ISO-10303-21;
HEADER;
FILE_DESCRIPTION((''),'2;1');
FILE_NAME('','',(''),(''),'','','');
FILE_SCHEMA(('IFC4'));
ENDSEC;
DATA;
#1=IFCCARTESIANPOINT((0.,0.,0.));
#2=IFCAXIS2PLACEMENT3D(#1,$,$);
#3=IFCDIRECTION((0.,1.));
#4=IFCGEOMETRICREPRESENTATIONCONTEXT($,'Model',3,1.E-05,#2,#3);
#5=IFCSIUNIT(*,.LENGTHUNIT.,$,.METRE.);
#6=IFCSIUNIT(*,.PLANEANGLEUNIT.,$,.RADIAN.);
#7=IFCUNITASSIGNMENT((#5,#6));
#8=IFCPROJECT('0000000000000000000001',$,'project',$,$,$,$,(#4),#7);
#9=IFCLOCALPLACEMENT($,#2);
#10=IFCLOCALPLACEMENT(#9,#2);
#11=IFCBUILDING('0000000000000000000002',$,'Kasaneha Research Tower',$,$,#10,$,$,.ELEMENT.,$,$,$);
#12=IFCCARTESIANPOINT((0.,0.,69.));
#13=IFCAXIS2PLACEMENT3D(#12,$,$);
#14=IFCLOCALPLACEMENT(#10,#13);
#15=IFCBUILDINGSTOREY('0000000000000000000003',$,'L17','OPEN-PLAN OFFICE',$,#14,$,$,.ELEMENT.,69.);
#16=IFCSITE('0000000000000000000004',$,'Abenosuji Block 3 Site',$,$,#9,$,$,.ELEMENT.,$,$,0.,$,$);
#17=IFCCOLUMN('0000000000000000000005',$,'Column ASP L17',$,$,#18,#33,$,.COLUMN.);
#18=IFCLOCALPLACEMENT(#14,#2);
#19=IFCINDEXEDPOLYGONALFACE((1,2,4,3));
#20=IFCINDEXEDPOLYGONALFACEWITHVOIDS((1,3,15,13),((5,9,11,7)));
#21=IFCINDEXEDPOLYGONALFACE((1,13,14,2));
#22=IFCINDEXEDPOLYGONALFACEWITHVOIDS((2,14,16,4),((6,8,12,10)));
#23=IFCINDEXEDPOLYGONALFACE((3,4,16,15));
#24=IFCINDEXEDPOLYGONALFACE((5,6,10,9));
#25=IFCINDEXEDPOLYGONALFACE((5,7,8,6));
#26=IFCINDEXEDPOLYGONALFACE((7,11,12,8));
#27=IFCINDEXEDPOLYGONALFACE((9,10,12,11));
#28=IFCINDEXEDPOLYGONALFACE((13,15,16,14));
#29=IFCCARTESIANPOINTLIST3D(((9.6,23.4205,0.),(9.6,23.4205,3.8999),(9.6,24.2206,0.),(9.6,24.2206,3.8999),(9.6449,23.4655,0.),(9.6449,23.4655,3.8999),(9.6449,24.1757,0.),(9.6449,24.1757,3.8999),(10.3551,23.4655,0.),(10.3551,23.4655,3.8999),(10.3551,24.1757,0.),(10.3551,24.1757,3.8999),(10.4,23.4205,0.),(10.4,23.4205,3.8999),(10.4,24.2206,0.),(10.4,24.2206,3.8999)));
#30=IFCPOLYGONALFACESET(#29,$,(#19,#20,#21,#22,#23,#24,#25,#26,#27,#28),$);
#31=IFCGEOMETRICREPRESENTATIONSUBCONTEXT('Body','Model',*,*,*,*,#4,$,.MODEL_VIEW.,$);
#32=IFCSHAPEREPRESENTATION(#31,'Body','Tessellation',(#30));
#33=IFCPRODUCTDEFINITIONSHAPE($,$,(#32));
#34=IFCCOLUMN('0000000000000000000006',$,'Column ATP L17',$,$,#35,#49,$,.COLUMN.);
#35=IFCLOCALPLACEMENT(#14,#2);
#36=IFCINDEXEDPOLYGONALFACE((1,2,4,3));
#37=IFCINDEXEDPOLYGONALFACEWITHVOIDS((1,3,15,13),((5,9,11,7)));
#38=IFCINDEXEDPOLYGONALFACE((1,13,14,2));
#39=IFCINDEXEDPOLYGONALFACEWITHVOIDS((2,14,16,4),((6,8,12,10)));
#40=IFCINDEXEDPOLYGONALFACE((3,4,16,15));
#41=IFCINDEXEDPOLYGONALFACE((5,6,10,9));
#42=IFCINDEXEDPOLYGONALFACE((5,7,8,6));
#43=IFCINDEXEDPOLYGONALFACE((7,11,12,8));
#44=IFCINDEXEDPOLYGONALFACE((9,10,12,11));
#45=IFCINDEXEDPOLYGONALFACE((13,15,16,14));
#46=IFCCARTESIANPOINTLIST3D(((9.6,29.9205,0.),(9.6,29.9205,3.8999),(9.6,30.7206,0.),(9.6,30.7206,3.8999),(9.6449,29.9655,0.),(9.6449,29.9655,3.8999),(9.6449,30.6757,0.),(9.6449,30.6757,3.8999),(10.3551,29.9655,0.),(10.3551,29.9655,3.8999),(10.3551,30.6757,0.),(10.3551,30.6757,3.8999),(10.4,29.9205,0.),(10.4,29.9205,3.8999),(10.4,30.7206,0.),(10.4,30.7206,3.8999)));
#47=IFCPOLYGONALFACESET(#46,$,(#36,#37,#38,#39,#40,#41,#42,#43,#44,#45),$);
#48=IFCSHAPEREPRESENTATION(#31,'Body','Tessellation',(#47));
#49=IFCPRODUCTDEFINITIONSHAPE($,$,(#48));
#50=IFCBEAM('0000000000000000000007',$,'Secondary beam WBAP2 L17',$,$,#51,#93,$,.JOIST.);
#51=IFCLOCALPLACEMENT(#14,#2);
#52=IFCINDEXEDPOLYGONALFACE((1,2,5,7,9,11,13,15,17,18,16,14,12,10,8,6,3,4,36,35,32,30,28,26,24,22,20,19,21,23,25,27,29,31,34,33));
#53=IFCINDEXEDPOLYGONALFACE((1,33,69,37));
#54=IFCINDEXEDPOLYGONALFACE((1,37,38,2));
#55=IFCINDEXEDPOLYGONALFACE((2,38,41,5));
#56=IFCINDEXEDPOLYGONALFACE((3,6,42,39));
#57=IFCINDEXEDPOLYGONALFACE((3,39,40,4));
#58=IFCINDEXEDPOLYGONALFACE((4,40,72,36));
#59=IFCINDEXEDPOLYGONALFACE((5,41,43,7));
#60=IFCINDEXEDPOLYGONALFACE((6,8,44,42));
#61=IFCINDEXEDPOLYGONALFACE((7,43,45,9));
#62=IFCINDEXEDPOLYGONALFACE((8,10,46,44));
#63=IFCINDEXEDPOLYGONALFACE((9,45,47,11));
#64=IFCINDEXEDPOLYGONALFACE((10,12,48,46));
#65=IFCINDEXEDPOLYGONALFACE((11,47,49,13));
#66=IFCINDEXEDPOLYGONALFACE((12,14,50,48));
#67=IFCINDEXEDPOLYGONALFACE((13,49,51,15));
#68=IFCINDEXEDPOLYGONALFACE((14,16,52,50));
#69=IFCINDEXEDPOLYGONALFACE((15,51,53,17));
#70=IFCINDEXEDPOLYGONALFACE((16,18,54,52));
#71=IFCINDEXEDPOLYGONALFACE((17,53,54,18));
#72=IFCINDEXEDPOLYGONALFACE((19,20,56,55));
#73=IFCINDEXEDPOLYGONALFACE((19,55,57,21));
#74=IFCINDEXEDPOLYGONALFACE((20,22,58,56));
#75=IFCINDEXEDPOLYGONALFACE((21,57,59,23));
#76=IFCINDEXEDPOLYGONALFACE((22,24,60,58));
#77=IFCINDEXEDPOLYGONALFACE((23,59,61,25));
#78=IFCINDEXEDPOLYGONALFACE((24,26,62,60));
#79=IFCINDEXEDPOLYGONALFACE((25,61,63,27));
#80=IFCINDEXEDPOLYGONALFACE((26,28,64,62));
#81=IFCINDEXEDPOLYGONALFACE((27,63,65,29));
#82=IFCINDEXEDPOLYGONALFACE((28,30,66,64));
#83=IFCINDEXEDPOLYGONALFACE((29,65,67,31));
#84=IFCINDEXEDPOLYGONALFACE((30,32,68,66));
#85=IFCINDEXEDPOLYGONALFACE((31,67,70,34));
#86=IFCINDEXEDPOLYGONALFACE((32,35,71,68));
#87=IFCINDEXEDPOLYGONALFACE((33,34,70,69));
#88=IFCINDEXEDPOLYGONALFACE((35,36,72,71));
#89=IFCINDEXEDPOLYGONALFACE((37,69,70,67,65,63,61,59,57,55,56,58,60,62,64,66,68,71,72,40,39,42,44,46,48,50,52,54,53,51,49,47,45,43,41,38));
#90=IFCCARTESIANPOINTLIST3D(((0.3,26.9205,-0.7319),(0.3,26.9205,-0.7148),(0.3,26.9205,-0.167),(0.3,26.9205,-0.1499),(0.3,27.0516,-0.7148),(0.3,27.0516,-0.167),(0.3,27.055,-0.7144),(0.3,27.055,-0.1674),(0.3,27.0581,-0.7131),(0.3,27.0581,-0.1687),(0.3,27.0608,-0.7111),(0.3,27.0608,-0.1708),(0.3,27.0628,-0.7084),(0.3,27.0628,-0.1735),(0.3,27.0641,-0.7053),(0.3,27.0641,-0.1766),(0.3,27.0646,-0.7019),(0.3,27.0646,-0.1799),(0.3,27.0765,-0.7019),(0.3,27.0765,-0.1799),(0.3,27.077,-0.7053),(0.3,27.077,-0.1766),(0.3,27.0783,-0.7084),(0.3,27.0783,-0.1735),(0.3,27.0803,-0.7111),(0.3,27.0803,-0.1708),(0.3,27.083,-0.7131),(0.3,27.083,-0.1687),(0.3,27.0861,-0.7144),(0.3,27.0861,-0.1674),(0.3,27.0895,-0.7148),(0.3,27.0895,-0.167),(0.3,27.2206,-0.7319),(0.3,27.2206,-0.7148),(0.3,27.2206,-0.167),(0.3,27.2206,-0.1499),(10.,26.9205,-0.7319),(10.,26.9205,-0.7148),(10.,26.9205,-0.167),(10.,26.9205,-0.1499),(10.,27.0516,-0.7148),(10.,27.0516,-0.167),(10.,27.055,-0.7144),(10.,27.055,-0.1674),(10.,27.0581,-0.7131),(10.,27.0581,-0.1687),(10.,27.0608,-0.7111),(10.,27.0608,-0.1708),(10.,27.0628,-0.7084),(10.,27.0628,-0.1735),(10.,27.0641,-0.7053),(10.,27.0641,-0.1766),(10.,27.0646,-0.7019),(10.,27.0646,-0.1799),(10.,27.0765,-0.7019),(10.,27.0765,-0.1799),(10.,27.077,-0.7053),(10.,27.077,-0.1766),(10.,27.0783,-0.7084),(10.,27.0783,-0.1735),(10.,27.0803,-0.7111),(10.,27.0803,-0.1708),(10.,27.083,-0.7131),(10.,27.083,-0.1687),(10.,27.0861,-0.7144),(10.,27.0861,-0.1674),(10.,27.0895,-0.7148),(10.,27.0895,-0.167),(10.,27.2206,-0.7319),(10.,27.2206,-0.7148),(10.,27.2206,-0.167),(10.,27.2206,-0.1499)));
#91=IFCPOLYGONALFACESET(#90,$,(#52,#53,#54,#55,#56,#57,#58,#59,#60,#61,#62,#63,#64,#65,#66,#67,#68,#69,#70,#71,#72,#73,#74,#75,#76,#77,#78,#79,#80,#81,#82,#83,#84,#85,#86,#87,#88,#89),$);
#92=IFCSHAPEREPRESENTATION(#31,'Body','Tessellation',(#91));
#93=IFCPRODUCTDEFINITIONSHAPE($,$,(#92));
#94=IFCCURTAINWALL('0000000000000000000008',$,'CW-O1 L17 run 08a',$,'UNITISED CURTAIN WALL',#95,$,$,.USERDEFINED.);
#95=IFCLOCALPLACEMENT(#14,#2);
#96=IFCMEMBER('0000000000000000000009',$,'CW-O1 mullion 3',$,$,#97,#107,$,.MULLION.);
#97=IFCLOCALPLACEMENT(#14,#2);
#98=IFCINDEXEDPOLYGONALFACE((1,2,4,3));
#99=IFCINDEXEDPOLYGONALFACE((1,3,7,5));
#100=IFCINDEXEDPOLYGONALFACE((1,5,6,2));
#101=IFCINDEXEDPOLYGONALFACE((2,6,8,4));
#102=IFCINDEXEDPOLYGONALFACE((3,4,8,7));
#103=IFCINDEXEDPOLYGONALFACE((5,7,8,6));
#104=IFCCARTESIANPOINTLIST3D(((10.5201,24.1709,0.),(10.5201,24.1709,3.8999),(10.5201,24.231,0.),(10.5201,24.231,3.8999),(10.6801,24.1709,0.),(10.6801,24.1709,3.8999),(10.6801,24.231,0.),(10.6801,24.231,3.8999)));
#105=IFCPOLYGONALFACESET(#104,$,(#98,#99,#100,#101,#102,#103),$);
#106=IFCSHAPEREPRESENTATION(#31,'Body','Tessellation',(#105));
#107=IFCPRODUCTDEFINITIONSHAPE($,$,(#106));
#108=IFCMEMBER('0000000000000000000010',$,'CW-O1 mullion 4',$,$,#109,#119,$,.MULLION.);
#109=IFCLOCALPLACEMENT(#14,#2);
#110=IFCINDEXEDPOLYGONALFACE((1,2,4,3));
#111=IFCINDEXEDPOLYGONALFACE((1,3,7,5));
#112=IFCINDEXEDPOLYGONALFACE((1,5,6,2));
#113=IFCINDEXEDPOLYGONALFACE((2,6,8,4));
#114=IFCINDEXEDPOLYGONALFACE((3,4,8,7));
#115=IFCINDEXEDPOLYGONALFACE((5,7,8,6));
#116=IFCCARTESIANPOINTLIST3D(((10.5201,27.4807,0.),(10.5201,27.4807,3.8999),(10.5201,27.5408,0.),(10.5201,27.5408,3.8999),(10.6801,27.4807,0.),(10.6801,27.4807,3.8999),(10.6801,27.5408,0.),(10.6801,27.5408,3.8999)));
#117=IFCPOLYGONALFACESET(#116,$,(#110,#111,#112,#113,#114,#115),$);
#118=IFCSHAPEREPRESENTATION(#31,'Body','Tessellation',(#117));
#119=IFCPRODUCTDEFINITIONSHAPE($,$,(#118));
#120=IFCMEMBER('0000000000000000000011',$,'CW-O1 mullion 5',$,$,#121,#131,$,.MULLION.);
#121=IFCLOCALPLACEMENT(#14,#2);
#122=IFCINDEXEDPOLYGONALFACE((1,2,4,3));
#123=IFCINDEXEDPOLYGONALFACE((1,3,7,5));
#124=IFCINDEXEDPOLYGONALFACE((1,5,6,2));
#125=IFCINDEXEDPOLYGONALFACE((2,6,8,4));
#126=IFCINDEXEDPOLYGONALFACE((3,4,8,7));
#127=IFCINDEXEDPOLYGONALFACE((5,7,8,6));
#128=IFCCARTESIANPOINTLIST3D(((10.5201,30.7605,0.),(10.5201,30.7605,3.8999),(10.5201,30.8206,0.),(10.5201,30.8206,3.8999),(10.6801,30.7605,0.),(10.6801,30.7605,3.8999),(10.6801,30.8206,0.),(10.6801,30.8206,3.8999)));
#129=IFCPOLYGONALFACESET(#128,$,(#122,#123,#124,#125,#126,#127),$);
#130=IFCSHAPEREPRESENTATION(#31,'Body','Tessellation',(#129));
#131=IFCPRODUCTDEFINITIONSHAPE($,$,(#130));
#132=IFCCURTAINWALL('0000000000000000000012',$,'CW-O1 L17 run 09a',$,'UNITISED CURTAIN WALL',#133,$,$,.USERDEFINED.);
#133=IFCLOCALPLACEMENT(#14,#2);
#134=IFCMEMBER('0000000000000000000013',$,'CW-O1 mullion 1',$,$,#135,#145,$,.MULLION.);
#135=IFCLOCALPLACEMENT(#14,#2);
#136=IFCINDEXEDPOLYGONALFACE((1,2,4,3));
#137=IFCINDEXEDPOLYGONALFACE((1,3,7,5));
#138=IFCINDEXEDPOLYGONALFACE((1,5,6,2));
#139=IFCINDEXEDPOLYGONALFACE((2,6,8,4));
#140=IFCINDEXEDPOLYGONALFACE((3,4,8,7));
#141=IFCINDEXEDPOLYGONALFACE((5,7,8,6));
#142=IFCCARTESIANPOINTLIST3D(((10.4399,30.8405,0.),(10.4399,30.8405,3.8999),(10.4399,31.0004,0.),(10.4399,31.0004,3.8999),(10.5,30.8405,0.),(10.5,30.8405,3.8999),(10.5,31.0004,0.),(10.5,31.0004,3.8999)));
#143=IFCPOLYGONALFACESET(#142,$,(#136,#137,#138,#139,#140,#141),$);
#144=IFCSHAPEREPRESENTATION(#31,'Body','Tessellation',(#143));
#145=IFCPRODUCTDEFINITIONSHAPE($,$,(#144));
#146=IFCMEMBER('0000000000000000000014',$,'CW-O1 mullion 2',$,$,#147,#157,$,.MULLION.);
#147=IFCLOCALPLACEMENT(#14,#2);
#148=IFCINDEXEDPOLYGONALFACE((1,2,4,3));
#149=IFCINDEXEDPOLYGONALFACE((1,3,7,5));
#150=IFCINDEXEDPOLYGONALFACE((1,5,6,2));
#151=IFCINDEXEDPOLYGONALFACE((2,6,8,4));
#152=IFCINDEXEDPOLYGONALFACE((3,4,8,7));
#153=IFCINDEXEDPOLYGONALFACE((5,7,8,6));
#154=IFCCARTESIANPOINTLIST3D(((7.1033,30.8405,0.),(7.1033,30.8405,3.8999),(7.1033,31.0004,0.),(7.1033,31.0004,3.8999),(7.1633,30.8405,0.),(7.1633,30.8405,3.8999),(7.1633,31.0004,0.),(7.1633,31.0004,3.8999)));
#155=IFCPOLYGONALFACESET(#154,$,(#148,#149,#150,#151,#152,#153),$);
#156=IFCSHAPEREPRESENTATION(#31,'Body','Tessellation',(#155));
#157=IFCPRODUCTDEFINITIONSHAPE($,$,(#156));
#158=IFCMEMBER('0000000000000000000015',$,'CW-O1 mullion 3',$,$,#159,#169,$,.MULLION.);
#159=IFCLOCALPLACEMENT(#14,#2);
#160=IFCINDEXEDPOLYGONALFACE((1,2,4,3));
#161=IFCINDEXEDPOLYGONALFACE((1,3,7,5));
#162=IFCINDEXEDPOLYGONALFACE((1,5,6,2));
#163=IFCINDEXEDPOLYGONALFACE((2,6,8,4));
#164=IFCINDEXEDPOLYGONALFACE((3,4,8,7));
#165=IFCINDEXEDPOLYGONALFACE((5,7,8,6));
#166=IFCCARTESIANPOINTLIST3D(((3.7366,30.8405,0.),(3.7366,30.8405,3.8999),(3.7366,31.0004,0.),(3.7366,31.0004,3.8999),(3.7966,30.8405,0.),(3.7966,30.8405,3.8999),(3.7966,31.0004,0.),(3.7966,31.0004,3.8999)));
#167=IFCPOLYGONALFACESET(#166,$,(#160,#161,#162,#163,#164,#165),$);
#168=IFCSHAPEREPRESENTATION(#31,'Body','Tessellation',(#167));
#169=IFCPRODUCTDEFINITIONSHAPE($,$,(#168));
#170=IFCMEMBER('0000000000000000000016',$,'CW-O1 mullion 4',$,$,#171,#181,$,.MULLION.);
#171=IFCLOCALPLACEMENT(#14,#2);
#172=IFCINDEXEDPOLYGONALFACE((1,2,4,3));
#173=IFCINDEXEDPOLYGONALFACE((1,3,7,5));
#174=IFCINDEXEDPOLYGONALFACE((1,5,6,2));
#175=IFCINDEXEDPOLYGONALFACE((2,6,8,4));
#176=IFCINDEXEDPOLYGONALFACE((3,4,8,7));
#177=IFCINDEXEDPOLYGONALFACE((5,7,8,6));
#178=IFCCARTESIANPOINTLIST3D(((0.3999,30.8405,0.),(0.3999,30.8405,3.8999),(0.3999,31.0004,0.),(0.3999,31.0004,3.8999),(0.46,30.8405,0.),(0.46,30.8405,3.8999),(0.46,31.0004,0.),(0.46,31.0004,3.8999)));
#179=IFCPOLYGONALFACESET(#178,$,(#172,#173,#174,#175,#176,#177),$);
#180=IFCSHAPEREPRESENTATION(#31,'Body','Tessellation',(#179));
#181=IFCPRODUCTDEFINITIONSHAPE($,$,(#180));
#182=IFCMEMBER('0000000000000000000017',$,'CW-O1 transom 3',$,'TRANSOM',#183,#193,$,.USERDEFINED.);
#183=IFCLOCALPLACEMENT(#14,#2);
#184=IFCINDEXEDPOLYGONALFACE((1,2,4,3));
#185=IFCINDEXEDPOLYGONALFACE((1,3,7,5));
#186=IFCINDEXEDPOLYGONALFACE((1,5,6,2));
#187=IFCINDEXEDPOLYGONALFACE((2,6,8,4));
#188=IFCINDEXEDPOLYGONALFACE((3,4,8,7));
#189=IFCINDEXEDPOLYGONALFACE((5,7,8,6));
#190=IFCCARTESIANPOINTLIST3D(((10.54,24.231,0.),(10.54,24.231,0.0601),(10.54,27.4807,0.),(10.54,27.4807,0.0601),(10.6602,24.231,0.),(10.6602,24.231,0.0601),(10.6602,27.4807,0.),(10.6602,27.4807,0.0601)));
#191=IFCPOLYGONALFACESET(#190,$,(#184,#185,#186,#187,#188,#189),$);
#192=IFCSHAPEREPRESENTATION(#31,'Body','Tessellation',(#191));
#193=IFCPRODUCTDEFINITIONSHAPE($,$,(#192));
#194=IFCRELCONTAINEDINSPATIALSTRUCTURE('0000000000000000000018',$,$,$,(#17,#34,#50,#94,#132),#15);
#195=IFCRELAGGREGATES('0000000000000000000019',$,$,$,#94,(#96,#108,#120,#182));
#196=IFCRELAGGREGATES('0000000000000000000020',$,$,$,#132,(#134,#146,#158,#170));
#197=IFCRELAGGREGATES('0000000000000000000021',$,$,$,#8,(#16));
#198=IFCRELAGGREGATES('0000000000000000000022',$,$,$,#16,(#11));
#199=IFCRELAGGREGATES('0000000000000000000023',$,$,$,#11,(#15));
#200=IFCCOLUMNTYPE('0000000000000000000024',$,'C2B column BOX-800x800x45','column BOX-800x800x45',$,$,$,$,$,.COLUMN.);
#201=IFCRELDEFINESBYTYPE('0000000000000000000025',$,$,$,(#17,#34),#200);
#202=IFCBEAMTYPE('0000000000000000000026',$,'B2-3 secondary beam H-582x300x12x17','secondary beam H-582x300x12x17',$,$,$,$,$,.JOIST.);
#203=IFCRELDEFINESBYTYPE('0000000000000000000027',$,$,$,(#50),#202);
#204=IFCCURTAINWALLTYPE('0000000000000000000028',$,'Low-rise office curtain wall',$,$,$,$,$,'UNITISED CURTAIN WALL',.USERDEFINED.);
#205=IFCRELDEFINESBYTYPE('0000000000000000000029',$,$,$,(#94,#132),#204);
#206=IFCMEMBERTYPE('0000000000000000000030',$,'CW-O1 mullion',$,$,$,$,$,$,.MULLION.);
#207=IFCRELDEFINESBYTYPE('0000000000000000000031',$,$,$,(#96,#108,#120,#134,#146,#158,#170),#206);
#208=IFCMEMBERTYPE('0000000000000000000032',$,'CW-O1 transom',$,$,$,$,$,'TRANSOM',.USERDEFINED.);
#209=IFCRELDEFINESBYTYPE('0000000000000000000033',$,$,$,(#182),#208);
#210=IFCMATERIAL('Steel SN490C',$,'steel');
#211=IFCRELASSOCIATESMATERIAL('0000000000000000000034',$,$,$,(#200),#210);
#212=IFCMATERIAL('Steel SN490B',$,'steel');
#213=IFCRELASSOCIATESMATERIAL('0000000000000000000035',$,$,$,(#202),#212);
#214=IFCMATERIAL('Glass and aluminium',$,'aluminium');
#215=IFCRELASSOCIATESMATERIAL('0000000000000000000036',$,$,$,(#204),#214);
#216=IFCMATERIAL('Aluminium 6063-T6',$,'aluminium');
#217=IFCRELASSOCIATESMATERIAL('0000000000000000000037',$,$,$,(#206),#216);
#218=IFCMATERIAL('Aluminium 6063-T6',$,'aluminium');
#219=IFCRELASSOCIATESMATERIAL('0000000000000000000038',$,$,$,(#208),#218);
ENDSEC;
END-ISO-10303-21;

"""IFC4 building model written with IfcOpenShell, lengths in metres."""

from ifc_helpers import new_model, si_unit, direction, frame, origin, origin_2d, place, context, subcontext, project, spatial, rectangle, hollow_rectangle, i_section, extrude, material, material_profile, profile_set, type_object, element, aggregate, save


model = new_model("IFC4")

# Units and contexts
model_context = context("Model", 3, precision=1e-05, world=origin(), true_north=direction((0.0, 1.0)))
body_context = subcontext(model_context, "Body", "Model", "MODEL_VIEW")
ifc_project = project(units=[si_unit("LENGTHUNIT", "METRE"), si_unit("PLANEANGLEUNIT", "RADIAN")], contexts=[model_context])

# Site, building, storey
site_placement = place(None, origin())
site = spatial("IfcSite", under=ifc_project, at=site_placement, Name="Abenosuji Block 3 Site", CompositionType="ELEMENT", RefElevation=0.0)
building_placement = place(site_placement, origin())
building = spatial("IfcBuilding", under=site, at=building_placement, Name="Kasaneha Research Tower", CompositionType="ELEMENT")
storey_placement = place(building_placement, frame((0.0, 0.0, 69.0)))
storey = spatial("IfcBuildingStorey", under=building, at=storey_placement, Name="L17", Description="OPEN-PLAN OFFICE", CompositionType="ELEMENT", Elevation=69.0)

# Columns
ifc_material_1 = material(Name="Steel SN490C", Category="steel")
ifc_material_profile_1 = material_profile(ifc_material_1, hollow_rectangle(XDim=0.8, YDim=0.8, WallThickness=0.0449, at=origin_2d()), Name="BOX-800x800x45")
ifc_profile_set_1 = profile_set([ifc_material_profile_1], Name="Steel SN490C")
column_type = type_object("IfcColumnType", Name="C2B column BOX-800x800x45", Description="column BOX-800x800x45", PredefinedType="COLUMN", material=ifc_profile_set_1)
for number, where, z_axis, x_axis, name in (
    (1, (10.0, 23.8206, 0.0), (0.0, 0.0, 1.0), (1.0, 0.0, 0.0), "Column ASP L17"),
    (2, (10.0, 30.3206, 0.0), (0.0, 0.0, 1.0), (1.0, 0.0, 0.0), "Column ATP L17"),
):
    element("IfcColumn", number, at=place(storey_placement, frame(where, z_axis=z_axis, x_axis=x_axis)), inside=storey, type_object=column_type, Name=name, PredefinedType="COLUMN", context=body_context, shape_type="SweptSolid", body=[
        extrude(hollow_rectangle(XDim=0.8, YDim=0.8, WallThickness=0.0449, at=origin_2d()), origin(), (0.0, 0.0, 1.0), 3.8999),
    ])

# Beam
ifc_material_2 = material(Name="Steel SN490B", Category="steel")
ifc_material_profile_2 = material_profile(ifc_material_2, i_section(OverallWidth=0.3, OverallDepth=0.582, WebThickness=0.012, FlangeThickness=0.0171, FilletRadius=0.0129, at=origin_2d()), Name="H-582x300x12x17")
ifc_profile_set_2 = profile_set([ifc_material_profile_2], Name="Steel SN490B")
beam_type_1 = type_object("IfcBeamType", Name="B2-3 secondary beam H-582x300x12x17", Description="secondary beam H-582x300x12x17", PredefinedType="JOIST", material=ifc_profile_set_2)
beam_1_placement = place(storey_placement, frame((10.0, 27.0706, -0.4409), z_axis=(-1.0, 0.0, 0.0), x_axis=(0.0, -1.0, 0.0)))
element("IfcBeam", 3, at=beam_1_placement, inside=storey, type_object=beam_type_1, Name="Secondary beam WBAP2 L17", PredefinedType="JOIST", context=body_context, shape_type="SweptSolid", body=[
    extrude(i_section(OverallWidth=0.3, OverallDepth=0.582, WebThickness=0.012, FlangeThickness=0.0171, FilletRadius=0.0129, at=origin_2d()), origin(), (0.0, 0.0, 1.0), 9.7),
])

# Curtain walls, members
ifc_material_3 = material(Name="Glass and aluminium", Category="aluminium")
curtain_wall_type = type_object("IfcCurtainWallType", Name="Low-rise office curtain wall", ElementType="UNITISED CURTAIN WALL", PredefinedType="USERDEFINED", material=ifc_material_3)
curtain_wall_1_placement = place(storey_placement, origin())
curtain_wall_1 = element("IfcCurtainWall", 4, at=curtain_wall_1_placement, inside=storey, type_object=curtain_wall_type, Name="CW-O1 L17 run 08a", ObjectType="UNITISED CURTAIN WALL", PredefinedType="USERDEFINED")
ifc_material_4 = material(Name="Aluminium 6063-T6", Category="aluminium")
ifc_material_profile_3 = material_profile(ifc_material_4, rectangle(XDim=0.0601, YDim=0.1599, at=origin_2d()), Name="CW-O1 mullion 60x160")
ifc_profile_set_3 = profile_set([ifc_material_profile_3], Name="Aluminium 6063-T6")
member_type_1 = type_object("IfcMemberType", Name="CW-O1 mullion", PredefinedType="MULLION", material=ifc_profile_set_3)
member_1_placement = place(storey_placement, frame((10.6001, 24.2009, 0.0), z_axis=(0.0, 0.0, 1.0), x_axis=(0.0, 1.0, 0.0)))
member_1 = element("IfcMember", 5, at=member_1_placement, type_object=member_type_1, Name="CW-O1 mullion 3", PredefinedType="MULLION", context=body_context, shape_type="SweptSolid", body=[
    extrude(rectangle(XDim=0.0601, YDim=0.1599, at=origin_2d()), origin(), (0.0, 0.0, 1.0), 3.8999),
])
member_2_placement = place(storey_placement, frame((10.6001, 27.5107, 0.0), z_axis=(0.0, 0.0, 1.0), x_axis=(0.0, 1.0, 0.0)))
member_2 = element("IfcMember", 6, at=member_2_placement, type_object=member_type_1, Name="CW-O1 mullion 4", PredefinedType="MULLION", context=body_context, shape_type="SweptSolid", body=[
    extrude(rectangle(XDim=0.0601, YDim=0.1599, at=origin_2d()), origin(), (0.0, 0.0, 1.0), 3.8999),
])
member_3_placement = place(storey_placement, frame((10.6001, 30.7905, 0.0), z_axis=(0.0, 0.0, 1.0), x_axis=(0.0, 1.0, 0.0)))
member_3 = element("IfcMember", 7, at=member_3_placement, type_object=member_type_1, Name="CW-O1 mullion 5", PredefinedType="MULLION", context=body_context, shape_type="SweptSolid", body=[
    extrude(rectangle(XDim=0.0601, YDim=0.1599, at=origin_2d()), origin(), (0.0, 0.0, 1.0), 3.8999),
])
curtain_wall_2_placement = place(storey_placement, origin())
curtain_wall_2 = element("IfcCurtainWall", 8, at=curtain_wall_2_placement, inside=storey, type_object=curtain_wall_type, Name="CW-O1 L17 run 09a", ObjectType="UNITISED CURTAIN WALL", PredefinedType="USERDEFINED")
member_4_placement = place(storey_placement, frame((10.47, 30.9204, 0.0), z_axis=(0.0, 0.0, 1.0), x_axis=(-1.0, 0.0, 0.0)))
member_4 = element("IfcMember", 9, at=member_4_placement, type_object=member_type_1, Name="CW-O1 mullion 1", PredefinedType="MULLION", context=body_context, shape_type="SweptSolid", body=[
    extrude(rectangle(XDim=0.0601, YDim=0.1599, at=origin_2d()), origin(), (0.0, 0.0, 1.0), 3.8999),
])
member_5_placement = place(storey_placement, frame((7.1333, 30.9204, 0.0), z_axis=(0.0, 0.0, 1.0), x_axis=(-1.0, 0.0, 0.0)))
member_5 = element("IfcMember", 10, at=member_5_placement, type_object=member_type_1, Name="CW-O1 mullion 2", PredefinedType="MULLION", context=body_context, shape_type="SweptSolid", body=[
    extrude(rectangle(XDim=0.0601, YDim=0.1599, at=origin_2d()), origin(), (0.0, 0.0, 1.0), 3.8999),
])
member_6_placement = place(storey_placement, frame((3.7666, 30.9204, 0.0), z_axis=(0.0, 0.0, 1.0), x_axis=(-1.0, 0.0, 0.0)))
member_6 = element("IfcMember", 11, at=member_6_placement, type_object=member_type_1, Name="CW-O1 mullion 3", PredefinedType="MULLION", context=body_context, shape_type="SweptSolid", body=[
    extrude(rectangle(XDim=0.0601, YDim=0.1599, at=origin_2d()), origin(), (0.0, 0.0, 1.0), 3.8999),
])
member_7_placement = place(storey_placement, frame((0.4299, 30.9204, 0.0), z_axis=(0.0, 0.0, 1.0), x_axis=(-1.0, 0.0, 0.0)))
member_7 = element("IfcMember", 12, at=member_7_placement, type_object=member_type_1, Name="CW-O1 mullion 4", PredefinedType="MULLION", context=body_context, shape_type="SweptSolid", body=[
    extrude(rectangle(XDim=0.0601, YDim=0.1599, at=origin_2d()), origin(), (0.0, 0.0, 1.0), 3.8999),
])

# Member
ifc_material_5 = material(Name="Aluminium 6063-T6", Category="aluminium")
ifc_material_profile_4 = material_profile(ifc_material_5, rectangle(XDim=0.1201, YDim=0.0601, at=origin_2d()), Name="CW-O1 transom 120x60")
ifc_profile_set_4 = profile_set([ifc_material_profile_4], Name="Aluminium 6063-T6")
member_type_2 = type_object("IfcMemberType", Name="CW-O1 transom", ElementType="TRANSOM", PredefinedType="USERDEFINED", material=ifc_profile_set_4)
member_8_placement = place(storey_placement, frame((10.6001, 24.231, 0.03), z_axis=(0.0, 1.0, 0.0), x_axis=(-1.0, 0.0, 0.0)))
member_8 = element("IfcMember", 13, at=member_8_placement, type_object=member_type_2, Name="CW-O1 transom 3", ObjectType="TRANSOM", PredefinedType="USERDEFINED", context=body_context, shape_type="SweptSolid", body=[
    extrude(rectangle(XDim=0.1201, YDim=0.0601, at=origin_2d()), origin(), (0.0, 0.0, 1.0), 3.2498),
])

aggregate(curtain_wall_1, [member_1, member_2, member_3, member_8])
aggregate(curtain_wall_2, [member_4, member_5, member_6, member_7])

save(model, "model.ifc")
